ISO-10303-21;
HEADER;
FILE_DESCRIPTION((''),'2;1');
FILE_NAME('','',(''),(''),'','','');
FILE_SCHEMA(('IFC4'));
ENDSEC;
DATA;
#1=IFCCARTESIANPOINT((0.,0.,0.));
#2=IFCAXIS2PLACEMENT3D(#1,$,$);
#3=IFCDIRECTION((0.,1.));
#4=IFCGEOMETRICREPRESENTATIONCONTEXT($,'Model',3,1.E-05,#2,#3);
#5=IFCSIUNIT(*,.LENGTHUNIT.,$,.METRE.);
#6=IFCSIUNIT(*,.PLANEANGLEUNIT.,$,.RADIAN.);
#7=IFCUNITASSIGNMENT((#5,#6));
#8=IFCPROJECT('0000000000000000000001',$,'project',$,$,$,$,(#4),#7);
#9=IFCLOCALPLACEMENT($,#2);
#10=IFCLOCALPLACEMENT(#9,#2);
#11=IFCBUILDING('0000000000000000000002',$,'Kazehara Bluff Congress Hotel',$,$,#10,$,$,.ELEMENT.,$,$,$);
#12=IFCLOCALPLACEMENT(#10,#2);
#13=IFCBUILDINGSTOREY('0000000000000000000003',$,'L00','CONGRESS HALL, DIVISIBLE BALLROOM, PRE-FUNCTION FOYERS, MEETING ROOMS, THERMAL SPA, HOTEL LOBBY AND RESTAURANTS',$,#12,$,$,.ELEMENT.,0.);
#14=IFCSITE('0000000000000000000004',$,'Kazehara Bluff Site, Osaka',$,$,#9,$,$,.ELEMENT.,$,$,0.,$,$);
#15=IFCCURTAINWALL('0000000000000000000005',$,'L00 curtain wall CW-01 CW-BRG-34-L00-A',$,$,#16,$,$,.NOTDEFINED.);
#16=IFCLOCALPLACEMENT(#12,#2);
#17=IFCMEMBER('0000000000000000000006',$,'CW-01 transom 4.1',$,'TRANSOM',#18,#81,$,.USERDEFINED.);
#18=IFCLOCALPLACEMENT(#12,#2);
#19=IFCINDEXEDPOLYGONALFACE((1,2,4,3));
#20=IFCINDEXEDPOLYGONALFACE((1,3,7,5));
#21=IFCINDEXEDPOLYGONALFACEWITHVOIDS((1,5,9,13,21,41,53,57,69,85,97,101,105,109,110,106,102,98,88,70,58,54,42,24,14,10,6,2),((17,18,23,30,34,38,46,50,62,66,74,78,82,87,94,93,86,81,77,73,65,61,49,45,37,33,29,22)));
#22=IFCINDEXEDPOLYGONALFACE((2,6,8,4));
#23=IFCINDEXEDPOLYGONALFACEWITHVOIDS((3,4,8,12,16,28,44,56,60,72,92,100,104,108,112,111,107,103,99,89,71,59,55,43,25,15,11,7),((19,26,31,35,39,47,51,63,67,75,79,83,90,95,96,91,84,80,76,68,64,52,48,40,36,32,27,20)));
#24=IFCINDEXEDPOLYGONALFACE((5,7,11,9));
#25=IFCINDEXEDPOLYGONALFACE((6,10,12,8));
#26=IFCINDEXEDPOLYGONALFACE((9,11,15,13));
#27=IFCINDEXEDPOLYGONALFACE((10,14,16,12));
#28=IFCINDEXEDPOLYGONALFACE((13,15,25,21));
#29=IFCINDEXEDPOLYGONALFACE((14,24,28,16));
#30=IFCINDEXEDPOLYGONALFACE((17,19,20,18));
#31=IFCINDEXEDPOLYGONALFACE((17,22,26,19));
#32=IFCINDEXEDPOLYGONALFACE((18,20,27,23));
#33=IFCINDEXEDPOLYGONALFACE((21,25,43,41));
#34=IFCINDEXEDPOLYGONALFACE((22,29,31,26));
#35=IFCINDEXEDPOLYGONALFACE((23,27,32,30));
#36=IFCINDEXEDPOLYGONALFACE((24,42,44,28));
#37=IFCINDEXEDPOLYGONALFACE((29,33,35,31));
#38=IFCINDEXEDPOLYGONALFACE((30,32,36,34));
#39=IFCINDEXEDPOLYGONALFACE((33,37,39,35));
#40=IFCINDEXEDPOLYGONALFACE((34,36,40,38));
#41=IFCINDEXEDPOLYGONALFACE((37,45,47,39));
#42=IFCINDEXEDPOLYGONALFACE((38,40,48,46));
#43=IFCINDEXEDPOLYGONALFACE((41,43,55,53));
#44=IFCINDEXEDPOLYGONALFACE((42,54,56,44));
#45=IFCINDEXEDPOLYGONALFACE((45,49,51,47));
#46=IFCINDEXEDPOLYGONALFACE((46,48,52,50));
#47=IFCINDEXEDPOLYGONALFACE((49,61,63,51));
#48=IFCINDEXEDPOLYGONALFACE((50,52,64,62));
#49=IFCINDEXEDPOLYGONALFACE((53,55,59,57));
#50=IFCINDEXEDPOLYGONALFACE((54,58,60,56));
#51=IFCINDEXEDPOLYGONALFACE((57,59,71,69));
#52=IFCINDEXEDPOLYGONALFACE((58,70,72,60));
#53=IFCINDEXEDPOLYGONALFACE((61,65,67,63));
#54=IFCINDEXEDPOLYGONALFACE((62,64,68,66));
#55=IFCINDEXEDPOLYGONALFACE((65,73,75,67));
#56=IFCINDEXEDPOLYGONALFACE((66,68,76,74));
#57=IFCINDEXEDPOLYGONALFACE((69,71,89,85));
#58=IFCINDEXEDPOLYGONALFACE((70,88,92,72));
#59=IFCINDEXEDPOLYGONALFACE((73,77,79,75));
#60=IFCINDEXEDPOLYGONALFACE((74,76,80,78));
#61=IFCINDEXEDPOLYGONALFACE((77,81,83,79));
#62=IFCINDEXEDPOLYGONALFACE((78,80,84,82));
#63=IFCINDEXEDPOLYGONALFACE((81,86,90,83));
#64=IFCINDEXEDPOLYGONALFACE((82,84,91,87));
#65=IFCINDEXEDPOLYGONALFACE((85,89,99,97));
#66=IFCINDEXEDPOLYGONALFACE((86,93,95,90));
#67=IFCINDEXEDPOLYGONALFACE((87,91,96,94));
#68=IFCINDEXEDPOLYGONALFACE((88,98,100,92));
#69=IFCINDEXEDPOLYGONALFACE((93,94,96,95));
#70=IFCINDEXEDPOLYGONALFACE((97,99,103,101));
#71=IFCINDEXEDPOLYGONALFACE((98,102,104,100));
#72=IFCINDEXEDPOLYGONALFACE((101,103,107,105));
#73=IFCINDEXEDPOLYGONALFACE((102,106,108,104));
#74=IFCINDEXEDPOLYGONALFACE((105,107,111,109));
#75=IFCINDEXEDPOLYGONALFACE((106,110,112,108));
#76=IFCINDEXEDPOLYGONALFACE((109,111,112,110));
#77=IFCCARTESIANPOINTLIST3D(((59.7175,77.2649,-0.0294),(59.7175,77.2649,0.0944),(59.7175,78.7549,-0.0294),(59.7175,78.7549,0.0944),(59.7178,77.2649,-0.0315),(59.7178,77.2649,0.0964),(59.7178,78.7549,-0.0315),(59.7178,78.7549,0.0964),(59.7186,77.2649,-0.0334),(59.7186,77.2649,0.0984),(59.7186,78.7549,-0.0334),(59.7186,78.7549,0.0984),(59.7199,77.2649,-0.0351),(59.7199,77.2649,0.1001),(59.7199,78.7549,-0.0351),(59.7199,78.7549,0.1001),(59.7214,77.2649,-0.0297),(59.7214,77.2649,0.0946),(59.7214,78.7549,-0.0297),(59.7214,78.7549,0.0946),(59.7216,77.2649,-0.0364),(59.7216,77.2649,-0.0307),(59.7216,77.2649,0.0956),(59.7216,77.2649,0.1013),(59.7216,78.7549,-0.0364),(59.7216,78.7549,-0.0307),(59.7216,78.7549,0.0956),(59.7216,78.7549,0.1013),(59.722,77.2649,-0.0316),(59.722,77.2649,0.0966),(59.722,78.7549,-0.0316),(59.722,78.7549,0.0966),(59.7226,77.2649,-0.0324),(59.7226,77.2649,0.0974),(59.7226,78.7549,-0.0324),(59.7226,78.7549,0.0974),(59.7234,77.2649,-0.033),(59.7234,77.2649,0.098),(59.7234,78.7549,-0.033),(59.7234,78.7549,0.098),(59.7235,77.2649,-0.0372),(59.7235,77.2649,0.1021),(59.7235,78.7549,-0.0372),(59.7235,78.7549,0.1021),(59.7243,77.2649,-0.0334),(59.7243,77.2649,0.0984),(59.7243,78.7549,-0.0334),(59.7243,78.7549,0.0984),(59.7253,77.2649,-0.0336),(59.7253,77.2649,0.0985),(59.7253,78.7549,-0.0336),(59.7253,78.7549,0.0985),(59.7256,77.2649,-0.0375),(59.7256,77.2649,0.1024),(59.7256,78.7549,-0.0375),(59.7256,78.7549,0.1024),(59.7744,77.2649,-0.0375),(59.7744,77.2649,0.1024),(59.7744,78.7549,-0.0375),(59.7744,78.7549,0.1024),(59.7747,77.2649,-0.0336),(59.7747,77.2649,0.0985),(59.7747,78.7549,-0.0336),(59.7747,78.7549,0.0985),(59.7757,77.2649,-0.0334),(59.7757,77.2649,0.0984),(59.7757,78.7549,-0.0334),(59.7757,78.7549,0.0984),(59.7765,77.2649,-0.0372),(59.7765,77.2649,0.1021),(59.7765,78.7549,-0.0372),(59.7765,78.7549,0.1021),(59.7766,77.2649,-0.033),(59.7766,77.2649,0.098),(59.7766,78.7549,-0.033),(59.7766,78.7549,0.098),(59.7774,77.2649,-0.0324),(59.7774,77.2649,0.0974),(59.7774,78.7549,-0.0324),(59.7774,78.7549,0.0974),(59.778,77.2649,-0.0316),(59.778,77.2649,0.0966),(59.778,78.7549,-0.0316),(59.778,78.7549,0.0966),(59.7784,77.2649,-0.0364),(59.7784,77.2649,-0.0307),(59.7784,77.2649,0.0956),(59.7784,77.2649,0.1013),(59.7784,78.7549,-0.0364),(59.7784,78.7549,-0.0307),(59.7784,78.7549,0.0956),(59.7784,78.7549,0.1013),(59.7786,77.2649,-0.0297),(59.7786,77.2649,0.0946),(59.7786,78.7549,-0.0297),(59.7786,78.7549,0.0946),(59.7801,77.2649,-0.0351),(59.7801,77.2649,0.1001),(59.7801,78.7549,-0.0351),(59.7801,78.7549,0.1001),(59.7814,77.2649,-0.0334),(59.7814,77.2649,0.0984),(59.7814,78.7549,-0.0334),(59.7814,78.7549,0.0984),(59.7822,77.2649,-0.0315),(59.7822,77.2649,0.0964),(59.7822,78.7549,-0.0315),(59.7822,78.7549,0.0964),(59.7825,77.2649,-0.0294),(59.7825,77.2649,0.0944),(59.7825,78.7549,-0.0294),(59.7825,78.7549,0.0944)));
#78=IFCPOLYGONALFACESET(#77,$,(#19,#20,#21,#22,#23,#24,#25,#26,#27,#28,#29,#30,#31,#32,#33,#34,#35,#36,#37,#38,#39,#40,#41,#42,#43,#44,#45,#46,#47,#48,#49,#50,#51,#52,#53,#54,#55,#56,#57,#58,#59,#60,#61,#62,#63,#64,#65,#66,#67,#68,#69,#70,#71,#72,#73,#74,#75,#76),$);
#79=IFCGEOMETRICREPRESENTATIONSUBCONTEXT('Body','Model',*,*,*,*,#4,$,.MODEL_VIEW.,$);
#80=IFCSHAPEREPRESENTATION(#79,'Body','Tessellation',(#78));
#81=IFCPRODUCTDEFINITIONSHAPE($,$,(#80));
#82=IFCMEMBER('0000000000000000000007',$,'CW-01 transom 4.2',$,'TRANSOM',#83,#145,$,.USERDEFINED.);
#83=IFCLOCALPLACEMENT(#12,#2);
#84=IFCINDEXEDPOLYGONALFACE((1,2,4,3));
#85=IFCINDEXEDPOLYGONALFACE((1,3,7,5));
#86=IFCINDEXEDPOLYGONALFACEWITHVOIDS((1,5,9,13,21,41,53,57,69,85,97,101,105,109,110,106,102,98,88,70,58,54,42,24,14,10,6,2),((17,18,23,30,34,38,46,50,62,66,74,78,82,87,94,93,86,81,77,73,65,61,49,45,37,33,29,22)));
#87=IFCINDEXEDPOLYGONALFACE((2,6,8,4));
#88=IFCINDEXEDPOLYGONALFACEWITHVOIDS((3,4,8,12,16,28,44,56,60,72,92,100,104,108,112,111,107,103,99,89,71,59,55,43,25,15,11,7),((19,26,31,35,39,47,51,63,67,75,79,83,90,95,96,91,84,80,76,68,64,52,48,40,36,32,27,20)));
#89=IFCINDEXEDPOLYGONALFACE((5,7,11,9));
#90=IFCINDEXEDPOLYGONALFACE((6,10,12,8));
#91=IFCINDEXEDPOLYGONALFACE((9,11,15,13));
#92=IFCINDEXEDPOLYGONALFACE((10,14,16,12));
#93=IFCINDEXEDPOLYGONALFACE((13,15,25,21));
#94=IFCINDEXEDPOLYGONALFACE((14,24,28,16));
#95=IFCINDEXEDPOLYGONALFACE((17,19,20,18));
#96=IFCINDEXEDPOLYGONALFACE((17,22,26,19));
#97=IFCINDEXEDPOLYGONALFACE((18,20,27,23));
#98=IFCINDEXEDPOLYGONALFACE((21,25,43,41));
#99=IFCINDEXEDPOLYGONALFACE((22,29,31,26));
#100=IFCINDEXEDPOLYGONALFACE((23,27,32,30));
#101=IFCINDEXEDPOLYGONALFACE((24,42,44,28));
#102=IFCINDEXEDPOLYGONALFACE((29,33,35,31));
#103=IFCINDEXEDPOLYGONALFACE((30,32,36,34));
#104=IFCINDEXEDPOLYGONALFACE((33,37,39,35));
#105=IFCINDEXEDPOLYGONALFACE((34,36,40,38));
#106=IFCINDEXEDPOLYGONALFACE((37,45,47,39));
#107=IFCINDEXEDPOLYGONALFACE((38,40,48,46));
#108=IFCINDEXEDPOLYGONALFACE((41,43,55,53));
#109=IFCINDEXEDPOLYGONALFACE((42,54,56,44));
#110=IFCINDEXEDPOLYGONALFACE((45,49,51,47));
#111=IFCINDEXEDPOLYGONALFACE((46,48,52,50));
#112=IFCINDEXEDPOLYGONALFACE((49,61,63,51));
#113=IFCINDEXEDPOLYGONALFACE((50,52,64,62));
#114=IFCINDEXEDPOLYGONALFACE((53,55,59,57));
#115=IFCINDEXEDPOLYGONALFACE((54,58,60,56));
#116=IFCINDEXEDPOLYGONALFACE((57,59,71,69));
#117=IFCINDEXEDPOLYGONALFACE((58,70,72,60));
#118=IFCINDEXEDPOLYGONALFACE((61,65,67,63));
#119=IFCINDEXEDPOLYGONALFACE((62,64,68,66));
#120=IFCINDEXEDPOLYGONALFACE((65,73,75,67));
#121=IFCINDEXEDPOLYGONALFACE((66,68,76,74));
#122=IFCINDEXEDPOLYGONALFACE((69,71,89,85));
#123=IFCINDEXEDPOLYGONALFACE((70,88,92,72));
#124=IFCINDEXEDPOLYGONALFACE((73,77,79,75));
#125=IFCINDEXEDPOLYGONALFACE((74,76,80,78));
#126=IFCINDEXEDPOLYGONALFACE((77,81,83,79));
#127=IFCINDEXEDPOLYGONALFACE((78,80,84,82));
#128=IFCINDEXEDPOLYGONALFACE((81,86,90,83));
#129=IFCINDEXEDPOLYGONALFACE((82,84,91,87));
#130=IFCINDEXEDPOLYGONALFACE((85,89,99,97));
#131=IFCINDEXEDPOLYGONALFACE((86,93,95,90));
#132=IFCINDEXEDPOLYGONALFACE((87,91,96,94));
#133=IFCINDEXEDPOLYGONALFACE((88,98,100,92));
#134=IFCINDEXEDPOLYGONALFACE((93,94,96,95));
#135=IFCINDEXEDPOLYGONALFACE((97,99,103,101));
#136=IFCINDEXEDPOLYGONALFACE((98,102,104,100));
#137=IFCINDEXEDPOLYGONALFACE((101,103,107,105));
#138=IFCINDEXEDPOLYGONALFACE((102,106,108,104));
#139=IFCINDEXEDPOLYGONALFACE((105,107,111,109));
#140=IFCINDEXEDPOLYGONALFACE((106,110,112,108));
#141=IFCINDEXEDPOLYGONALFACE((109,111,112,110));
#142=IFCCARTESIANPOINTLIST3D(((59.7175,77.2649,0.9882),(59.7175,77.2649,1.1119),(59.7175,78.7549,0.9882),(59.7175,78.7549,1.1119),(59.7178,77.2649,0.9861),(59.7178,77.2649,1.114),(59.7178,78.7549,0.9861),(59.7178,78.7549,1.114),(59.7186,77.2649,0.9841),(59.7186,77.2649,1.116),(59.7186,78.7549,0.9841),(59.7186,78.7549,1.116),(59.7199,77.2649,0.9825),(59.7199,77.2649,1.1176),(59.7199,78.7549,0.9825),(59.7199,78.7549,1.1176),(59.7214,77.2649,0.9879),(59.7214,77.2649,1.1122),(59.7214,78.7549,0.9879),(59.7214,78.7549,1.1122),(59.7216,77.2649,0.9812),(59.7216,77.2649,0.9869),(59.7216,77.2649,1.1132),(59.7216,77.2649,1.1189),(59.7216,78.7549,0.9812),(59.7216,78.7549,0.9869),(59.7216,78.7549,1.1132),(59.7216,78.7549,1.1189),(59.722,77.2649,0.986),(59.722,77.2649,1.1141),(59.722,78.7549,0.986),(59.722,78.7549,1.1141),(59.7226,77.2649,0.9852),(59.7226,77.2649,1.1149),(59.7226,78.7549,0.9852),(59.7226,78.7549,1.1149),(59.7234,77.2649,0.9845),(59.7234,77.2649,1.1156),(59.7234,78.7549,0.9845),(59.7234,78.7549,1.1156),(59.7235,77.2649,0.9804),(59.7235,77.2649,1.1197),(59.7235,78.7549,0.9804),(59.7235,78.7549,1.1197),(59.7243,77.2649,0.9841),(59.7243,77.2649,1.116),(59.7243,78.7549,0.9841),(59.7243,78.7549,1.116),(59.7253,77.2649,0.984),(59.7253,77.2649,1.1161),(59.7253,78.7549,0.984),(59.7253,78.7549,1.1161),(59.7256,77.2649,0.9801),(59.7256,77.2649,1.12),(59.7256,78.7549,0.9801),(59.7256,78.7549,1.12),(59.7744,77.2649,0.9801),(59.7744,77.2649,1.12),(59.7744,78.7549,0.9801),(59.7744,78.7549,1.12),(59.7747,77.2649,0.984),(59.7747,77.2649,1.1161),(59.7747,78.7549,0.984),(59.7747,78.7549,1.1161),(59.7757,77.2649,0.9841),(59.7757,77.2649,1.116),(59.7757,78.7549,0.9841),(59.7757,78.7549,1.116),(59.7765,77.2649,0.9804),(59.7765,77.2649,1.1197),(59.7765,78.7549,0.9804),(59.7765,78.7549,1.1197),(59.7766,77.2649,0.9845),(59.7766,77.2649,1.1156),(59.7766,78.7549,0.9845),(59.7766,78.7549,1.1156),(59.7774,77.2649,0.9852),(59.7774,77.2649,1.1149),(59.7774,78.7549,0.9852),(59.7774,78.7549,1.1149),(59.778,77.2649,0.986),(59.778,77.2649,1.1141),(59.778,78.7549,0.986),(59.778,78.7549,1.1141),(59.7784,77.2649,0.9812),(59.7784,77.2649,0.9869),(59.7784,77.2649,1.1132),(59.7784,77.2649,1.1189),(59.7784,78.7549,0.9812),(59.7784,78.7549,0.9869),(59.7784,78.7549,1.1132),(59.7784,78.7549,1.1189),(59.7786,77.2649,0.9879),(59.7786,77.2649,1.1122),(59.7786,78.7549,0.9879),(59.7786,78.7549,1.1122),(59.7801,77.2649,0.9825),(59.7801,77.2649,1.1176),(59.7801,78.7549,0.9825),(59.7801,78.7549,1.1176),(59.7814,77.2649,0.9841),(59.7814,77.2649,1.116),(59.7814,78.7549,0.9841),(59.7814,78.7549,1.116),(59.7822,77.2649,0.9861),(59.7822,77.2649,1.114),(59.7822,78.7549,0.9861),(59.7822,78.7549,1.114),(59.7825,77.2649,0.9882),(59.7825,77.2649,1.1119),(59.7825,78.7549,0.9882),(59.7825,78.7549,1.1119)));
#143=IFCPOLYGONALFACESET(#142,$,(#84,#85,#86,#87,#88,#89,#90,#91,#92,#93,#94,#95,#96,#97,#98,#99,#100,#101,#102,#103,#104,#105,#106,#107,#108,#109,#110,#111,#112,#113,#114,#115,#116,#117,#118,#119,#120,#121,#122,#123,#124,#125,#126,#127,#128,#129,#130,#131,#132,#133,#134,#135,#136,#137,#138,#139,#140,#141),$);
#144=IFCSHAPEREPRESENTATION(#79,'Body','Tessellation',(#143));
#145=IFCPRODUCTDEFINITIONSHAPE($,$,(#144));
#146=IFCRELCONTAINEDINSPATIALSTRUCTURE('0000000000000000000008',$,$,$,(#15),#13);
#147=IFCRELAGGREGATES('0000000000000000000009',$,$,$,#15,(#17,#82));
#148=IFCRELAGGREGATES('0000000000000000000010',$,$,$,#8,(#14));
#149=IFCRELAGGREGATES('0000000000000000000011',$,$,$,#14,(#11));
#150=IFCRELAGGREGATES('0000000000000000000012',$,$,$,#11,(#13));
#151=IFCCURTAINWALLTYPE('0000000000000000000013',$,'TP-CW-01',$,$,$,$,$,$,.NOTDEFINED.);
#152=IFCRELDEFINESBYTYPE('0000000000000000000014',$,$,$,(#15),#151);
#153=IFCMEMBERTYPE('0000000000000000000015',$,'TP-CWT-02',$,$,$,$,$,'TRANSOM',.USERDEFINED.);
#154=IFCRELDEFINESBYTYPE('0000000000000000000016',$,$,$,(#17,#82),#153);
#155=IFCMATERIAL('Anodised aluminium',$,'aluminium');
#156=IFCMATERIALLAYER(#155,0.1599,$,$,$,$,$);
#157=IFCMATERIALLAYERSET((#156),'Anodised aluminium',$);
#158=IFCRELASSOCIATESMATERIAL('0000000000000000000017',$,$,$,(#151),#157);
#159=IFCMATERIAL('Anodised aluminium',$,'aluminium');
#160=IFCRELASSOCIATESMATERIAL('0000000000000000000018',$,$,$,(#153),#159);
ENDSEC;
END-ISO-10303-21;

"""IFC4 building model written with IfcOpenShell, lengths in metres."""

from ifc_helpers import new_model, si_unit, direction, frame, origin, origin_2d, place, context, subcontext, project, spatial, hollow_rectangle, extrude, material, layer, layer_set, material_profile, profile_set, type_object, element, aggregate, save


model = new_model("IFC4")

# Units and contexts
model_context = context("Model", 3, precision=1e-05, world=origin(), true_north=direction((0.0, 1.0)))
body_context = subcontext(model_context, "Body", "Model", "MODEL_VIEW")
ifc_project = project(units=[si_unit("LENGTHUNIT", "METRE"), si_unit("PLANEANGLEUNIT", "RADIAN")], contexts=[model_context])

# Site, building, storey
site_placement = place(None, origin())
site = spatial("IfcSite", under=ifc_project, at=site_placement, Name="Kazehara Bluff Site, Osaka", CompositionType="ELEMENT", RefElevation=0.0)
building_placement = place(site_placement, origin())
building = spatial("IfcBuilding", under=site, at=building_placement, Name="Kazehara Bluff Congress Hotel", CompositionType="ELEMENT")
storey_placement = place(building_placement, origin())
storey = spatial("IfcBuildingStorey", under=building, at=storey_placement, Name="L00", Description="CONGRESS HALL, DIVISIBLE BALLROOM, PRE-FUNCTION FOYERS, MEETING ROOMS, THERMAL SPA, HOTEL LOBBY AND RESTAURANTS", CompositionType="ELEMENT", Elevation=0.0)

# Curtain wall
ifc_material_1 = material(Name="Anodised aluminium", Category="aluminium")
ifc_layer_1 = layer(ifc_material_1, 0.1599)
ifc_layer_set_1 = layer_set([ifc_layer_1], Name="Anodised aluminium")
curtain_wall_type_1 = type_object("IfcCurtainWallType", Name="TP-CW-01", PredefinedType="NOTDEFINED", material=ifc_layer_set_1)
curtain_wall_1_placement = place(storey_placement, origin())
curtain_wall_1 = element("IfcCurtainWall", 1, at=curtain_wall_1_placement, inside=storey, type_object=curtain_wall_type_1, Name="L00 curtain wall CW-01 CW-BRG-34-L00-A", PredefinedType="NOTDEFINED")

# Members
ifc_material_2 = material(Name="Anodised aluminium", Category="aluminium")
ifc_material_profile_1 = material_profile(ifc_material_2, hollow_rectangle(XDim=0.0649, YDim=0.1399, WallThickness=0.0039, InnerFilletRadius=0.0039, OuterFilletRadius=0.0081, at=origin_2d()))
ifc_profile_set_1 = profile_set([ifc_material_profile_1], Name="Anodised aluminium")
member_type_1 = type_object("IfcMemberType", Name="TP-CWT-02", ElementType="TRANSOM", PredefinedType="USERDEFINED", material=ifc_profile_set_1)
member_1_placement = place(storey_placement, frame((59.75, 77.2649, 0.0325), z_axis=(0.0, 1.0, 0.0), x_axis=(-1.0, 0.0, 0.0)))
member_1 = element("IfcMember", 2, at=member_1_placement, type_object=member_type_1, Name="CW-01 transom 4.1", ObjectType="TRANSOM", PredefinedType="USERDEFINED", context=body_context, shape_type="SweptSolid", body=[
    extrude(hollow_rectangle(XDim=0.0649, YDim=0.1399, WallThickness=0.0039, InnerFilletRadius=0.0039, OuterFilletRadius=0.0081, at=origin_2d()), origin(), (0.0, 0.0, 1.0), 1.49),
])
member_2_placement = place(storey_placement, frame((59.75, 77.2649, 1.05), z_axis=(0.0, 1.0, 0.0), x_axis=(-1.0, 0.0, 0.0)))
member_2 = element("IfcMember", 3, at=member_2_placement, type_object=member_type_1, Name="CW-01 transom 4.2", ObjectType="TRANSOM", PredefinedType="USERDEFINED", context=body_context, shape_type="SweptSolid", body=[
    extrude(hollow_rectangle(XDim=0.0649, YDim=0.1399, WallThickness=0.0039, InnerFilletRadius=0.0039, OuterFilletRadius=0.0081, at=origin_2d()), origin(), (0.0, 0.0, 1.0), 1.49),
])

aggregate(curtain_wall_1, [member_1, member_2])

save(model, "model.ifc")
